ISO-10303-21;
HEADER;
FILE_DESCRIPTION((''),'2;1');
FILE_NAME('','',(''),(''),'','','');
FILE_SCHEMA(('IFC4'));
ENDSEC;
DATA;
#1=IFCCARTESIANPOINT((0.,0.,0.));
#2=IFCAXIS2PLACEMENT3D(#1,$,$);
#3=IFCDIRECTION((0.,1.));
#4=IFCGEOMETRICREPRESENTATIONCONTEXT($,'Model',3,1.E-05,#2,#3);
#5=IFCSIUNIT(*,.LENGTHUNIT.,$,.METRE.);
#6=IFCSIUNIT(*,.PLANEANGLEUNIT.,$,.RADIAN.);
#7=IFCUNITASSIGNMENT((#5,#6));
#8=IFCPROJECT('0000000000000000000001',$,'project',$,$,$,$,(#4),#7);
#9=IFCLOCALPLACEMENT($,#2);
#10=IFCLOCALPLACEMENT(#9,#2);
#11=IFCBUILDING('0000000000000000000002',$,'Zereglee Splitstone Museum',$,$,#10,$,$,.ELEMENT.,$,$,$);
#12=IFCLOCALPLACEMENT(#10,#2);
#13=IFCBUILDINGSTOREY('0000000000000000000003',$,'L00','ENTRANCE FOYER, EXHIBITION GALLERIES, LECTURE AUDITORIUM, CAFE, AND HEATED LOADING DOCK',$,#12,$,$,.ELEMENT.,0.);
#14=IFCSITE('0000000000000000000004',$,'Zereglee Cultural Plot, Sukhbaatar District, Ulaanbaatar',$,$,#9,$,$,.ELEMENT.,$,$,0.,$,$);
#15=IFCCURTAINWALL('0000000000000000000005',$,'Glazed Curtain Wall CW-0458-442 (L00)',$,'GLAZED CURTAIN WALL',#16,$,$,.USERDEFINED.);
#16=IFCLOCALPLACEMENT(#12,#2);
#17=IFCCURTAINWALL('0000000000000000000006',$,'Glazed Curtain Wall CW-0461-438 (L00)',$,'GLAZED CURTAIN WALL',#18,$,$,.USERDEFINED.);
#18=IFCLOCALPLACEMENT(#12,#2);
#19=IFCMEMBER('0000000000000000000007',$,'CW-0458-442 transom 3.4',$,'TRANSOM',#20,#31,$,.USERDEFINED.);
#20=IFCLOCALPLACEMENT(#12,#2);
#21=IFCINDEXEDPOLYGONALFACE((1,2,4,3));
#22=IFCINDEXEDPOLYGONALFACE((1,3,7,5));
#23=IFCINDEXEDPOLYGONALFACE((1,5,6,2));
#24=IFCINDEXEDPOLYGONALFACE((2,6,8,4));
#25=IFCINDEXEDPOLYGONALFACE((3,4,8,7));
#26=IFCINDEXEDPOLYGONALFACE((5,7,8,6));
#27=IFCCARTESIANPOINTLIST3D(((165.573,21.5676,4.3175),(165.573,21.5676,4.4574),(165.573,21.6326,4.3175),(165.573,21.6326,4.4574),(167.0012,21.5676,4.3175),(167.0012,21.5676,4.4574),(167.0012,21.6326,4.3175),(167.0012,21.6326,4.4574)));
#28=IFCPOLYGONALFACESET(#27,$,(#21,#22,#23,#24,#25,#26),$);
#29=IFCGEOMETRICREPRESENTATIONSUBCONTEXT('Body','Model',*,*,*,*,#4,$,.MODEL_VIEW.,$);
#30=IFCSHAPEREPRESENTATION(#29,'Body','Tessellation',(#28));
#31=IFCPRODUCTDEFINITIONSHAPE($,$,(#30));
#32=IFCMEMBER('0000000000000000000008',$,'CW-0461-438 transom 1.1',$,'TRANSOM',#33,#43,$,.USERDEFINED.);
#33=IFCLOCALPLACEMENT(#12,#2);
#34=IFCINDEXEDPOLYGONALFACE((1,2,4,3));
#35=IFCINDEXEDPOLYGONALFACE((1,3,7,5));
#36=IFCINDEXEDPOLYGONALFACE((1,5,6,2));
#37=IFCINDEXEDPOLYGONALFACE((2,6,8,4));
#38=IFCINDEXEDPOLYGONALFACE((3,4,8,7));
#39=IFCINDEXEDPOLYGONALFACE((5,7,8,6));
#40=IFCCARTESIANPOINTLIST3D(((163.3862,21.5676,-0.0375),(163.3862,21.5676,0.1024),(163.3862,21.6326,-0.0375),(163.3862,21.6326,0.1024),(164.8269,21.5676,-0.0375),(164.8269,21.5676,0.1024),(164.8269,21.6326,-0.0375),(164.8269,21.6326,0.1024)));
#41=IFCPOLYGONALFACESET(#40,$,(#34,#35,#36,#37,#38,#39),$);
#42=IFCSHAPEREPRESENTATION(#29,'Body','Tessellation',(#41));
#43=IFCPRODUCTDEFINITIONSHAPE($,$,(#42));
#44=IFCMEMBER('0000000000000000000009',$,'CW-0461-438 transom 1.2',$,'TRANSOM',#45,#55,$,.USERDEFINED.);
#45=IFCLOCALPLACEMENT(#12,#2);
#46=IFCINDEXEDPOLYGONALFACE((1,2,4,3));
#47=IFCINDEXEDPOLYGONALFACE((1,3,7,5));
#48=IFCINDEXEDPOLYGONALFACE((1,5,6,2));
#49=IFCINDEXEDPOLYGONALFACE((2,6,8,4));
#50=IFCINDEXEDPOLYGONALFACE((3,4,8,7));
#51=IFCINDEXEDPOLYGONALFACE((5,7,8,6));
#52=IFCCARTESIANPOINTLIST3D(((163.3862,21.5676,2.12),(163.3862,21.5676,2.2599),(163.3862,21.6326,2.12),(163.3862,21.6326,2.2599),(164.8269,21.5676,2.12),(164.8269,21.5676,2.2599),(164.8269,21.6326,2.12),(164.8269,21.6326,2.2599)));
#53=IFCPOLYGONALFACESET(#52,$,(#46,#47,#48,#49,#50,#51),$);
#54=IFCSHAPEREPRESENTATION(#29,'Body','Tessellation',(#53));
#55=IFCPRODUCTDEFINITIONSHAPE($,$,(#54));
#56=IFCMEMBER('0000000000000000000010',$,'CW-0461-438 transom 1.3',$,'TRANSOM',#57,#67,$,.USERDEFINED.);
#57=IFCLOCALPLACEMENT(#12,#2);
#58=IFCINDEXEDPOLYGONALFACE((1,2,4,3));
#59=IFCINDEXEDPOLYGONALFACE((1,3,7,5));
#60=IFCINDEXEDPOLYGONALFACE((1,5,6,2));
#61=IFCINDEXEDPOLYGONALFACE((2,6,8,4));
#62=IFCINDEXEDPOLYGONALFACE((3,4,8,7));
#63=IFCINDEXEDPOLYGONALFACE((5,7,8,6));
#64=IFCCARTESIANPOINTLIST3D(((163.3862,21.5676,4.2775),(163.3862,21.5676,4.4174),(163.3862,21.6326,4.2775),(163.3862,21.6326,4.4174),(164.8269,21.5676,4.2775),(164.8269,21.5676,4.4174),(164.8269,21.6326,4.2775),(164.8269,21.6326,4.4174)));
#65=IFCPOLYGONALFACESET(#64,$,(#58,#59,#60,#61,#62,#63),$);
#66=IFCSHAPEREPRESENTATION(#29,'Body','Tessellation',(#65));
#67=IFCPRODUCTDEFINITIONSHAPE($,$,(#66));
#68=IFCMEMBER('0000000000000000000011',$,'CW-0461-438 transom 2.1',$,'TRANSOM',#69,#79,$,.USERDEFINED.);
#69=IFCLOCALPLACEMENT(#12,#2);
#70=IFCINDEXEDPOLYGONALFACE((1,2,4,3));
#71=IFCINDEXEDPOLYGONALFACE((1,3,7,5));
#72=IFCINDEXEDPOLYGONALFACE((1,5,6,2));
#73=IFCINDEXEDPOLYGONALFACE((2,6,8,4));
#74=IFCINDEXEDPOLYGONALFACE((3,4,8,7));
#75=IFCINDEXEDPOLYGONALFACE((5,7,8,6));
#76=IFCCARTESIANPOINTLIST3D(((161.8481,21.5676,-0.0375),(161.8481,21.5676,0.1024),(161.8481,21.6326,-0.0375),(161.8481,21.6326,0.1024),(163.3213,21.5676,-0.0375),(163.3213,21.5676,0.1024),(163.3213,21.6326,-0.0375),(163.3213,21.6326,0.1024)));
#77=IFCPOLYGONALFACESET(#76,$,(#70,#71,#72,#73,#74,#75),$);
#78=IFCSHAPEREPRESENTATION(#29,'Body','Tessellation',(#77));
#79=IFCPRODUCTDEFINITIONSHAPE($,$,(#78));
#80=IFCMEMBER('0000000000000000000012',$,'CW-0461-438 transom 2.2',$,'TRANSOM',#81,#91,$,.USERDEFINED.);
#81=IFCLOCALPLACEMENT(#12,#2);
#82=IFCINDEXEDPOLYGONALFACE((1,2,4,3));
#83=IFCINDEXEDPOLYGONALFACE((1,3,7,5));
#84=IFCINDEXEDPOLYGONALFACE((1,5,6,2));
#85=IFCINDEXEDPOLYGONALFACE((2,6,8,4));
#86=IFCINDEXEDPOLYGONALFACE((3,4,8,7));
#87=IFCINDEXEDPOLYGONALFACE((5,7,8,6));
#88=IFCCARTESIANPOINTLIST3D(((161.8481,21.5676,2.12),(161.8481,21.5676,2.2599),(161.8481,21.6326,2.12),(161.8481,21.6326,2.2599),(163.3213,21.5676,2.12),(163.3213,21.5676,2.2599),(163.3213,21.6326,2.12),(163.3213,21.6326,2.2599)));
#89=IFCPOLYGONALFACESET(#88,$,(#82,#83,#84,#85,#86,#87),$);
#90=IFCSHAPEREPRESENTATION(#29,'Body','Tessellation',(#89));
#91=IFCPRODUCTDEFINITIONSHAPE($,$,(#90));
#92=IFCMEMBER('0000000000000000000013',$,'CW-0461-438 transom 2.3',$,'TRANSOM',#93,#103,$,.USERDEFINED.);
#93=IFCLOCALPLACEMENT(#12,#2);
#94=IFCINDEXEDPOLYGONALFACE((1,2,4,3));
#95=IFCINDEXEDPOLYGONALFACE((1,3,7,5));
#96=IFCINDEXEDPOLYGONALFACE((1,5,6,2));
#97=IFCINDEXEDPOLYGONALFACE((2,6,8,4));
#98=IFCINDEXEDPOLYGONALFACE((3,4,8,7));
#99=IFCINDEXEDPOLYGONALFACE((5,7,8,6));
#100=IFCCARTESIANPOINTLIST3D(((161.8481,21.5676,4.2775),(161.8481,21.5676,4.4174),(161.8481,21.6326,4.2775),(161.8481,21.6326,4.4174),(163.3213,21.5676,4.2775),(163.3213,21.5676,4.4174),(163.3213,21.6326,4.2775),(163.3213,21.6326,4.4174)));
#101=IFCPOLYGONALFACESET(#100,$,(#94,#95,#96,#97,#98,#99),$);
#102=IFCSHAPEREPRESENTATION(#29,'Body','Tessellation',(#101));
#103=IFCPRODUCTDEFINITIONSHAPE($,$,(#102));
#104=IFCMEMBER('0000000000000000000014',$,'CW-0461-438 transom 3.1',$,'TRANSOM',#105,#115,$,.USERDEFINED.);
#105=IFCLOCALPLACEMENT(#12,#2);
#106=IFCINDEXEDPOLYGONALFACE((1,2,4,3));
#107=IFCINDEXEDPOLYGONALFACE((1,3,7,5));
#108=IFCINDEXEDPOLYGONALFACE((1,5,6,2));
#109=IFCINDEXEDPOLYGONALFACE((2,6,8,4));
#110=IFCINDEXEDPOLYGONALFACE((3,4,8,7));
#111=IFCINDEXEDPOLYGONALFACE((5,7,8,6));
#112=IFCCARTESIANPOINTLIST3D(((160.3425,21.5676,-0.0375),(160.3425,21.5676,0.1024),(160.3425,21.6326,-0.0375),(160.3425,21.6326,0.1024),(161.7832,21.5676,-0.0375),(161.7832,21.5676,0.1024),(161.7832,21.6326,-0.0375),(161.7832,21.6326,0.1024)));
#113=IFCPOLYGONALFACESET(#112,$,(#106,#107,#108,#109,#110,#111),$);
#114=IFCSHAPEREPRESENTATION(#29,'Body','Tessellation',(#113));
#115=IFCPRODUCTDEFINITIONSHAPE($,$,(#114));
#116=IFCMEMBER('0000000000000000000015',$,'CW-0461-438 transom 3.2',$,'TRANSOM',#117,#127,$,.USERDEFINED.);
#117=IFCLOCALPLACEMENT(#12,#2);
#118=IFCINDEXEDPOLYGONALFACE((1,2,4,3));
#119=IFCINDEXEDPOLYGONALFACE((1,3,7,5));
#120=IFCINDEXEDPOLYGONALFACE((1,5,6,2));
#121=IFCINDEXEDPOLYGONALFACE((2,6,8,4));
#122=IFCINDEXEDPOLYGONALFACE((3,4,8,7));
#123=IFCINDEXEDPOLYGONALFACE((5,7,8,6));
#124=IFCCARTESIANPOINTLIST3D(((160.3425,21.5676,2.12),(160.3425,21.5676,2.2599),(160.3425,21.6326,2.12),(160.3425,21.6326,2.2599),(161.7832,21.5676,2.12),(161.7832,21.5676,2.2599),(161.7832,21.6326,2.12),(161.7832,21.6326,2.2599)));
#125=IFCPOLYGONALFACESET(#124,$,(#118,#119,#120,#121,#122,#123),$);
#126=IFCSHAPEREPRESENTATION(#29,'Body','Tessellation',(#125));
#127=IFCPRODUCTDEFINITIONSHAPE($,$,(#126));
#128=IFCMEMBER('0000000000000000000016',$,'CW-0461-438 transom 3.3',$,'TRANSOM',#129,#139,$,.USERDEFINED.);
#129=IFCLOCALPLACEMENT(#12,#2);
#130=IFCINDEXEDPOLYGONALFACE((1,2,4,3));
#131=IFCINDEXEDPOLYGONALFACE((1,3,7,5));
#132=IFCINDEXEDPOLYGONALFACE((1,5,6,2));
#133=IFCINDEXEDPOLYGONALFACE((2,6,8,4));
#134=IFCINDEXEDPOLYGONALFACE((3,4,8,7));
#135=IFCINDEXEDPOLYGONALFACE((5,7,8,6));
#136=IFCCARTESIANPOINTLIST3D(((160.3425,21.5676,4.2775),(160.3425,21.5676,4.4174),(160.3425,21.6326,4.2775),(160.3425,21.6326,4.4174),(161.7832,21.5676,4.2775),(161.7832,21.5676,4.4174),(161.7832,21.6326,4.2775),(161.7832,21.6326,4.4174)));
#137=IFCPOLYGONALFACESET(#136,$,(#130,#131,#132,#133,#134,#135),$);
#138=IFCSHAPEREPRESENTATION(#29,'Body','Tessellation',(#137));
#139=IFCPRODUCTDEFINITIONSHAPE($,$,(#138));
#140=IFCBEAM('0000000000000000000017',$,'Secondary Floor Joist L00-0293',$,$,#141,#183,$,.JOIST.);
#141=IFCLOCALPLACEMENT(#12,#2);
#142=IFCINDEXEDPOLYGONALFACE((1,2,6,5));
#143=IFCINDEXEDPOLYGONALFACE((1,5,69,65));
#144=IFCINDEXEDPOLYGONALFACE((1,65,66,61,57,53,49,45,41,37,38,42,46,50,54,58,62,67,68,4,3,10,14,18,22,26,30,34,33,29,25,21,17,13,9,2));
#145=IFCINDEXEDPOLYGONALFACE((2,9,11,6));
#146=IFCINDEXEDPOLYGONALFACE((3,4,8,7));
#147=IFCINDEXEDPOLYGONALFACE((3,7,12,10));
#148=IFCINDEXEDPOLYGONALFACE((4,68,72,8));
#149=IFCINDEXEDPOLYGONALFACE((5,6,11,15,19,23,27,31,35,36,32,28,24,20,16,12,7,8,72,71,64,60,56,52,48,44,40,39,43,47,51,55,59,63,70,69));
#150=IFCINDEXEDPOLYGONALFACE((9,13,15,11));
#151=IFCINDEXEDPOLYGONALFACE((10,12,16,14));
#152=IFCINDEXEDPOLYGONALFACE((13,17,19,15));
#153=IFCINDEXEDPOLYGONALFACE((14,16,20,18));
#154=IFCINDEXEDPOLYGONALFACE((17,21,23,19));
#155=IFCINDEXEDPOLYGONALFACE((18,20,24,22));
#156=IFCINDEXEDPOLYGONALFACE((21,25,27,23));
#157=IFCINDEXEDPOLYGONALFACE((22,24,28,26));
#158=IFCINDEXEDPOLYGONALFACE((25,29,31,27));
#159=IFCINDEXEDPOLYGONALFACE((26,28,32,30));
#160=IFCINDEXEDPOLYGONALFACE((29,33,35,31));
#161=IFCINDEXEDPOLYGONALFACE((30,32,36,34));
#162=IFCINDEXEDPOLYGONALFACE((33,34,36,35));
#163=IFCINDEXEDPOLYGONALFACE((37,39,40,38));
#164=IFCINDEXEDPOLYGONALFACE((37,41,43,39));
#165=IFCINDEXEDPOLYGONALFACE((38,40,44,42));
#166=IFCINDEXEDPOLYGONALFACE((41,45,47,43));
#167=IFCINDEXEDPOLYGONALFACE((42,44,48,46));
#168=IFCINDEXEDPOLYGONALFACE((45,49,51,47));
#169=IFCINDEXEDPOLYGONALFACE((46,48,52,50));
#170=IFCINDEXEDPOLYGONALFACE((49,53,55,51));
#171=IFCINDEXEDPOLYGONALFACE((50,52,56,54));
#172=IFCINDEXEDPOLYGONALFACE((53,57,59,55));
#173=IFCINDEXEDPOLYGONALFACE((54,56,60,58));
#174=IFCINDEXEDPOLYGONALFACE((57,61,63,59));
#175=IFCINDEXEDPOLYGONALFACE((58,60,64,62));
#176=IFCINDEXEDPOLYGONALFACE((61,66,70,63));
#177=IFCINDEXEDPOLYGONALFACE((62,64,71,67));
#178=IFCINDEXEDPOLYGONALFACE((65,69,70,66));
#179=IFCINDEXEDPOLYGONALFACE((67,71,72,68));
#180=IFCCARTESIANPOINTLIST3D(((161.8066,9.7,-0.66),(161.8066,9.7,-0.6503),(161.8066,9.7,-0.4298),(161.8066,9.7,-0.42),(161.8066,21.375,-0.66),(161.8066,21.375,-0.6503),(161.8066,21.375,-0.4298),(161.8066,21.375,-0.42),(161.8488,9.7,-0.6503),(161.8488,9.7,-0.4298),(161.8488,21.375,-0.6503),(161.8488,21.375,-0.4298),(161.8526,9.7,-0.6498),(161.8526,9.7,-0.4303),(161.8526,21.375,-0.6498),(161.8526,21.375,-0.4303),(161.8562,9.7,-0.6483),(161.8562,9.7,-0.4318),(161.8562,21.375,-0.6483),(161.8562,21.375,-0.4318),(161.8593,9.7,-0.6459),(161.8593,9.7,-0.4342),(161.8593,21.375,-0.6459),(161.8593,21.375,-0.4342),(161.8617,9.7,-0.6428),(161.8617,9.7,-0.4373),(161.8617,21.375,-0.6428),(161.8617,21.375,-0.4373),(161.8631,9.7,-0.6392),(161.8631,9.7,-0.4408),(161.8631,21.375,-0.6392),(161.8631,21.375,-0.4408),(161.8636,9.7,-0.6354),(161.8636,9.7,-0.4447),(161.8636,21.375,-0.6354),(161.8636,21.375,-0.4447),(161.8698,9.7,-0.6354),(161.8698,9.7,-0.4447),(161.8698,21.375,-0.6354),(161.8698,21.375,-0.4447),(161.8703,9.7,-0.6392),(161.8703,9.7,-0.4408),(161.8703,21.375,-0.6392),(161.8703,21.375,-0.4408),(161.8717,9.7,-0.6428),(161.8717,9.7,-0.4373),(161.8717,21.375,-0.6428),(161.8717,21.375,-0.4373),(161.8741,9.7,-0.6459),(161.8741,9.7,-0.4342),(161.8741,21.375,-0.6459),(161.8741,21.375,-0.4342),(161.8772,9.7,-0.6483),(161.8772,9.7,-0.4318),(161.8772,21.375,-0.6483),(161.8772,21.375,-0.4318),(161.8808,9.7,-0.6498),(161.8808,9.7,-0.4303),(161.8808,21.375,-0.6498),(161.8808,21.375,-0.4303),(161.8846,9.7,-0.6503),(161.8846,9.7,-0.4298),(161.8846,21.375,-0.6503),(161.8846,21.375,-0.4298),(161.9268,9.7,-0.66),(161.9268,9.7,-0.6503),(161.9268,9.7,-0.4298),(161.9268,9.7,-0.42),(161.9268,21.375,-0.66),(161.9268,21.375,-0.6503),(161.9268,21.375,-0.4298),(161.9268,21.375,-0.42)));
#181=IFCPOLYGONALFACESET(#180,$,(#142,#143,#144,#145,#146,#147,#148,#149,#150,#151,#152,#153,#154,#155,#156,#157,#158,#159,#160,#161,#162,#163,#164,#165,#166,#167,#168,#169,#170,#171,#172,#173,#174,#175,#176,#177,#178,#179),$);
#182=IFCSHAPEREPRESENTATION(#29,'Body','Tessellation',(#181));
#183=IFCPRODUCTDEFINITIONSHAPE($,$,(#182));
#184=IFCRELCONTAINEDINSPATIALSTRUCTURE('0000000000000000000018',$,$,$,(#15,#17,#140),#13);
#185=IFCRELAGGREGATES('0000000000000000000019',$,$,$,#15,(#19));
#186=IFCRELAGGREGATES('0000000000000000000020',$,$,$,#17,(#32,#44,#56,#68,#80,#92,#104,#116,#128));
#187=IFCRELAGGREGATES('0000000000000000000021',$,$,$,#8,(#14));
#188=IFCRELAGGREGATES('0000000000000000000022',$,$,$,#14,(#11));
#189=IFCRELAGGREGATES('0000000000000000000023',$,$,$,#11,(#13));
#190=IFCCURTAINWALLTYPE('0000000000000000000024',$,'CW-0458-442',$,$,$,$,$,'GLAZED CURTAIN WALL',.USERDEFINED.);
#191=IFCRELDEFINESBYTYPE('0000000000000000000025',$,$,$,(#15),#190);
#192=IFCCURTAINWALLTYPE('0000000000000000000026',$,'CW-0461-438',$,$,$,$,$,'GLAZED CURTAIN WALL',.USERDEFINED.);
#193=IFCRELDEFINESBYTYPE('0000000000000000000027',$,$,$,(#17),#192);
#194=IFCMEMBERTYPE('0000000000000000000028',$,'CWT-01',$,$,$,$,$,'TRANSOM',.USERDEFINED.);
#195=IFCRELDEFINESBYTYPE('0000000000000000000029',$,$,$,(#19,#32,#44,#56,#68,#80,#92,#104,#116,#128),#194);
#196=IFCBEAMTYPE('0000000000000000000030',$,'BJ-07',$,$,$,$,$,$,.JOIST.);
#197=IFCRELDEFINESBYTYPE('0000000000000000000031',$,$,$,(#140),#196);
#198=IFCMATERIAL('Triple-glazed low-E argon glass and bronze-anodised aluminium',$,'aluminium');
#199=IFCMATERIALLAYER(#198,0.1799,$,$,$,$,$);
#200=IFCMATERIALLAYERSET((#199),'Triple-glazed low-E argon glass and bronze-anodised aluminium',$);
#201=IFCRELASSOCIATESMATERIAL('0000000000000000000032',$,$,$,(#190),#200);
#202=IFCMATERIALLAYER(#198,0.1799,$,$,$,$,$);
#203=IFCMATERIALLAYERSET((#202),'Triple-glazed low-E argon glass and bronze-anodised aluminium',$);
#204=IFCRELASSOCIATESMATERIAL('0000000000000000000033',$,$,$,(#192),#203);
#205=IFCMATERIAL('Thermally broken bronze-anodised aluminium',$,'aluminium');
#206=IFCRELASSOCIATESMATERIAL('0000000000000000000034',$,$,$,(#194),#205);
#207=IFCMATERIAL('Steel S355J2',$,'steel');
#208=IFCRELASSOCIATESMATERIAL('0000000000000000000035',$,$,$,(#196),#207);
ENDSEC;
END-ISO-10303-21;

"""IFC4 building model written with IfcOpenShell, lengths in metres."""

from ifc_helpers import new_model, si_unit, direction, frame, origin, origin_2d, place, context, subcontext, project, spatial, rectangle, i_section, extrude, material, layer, layer_set, material_profile, profile_set, type_object, element, aggregate, save


model = new_model("IFC4")

# Units and contexts
model_context = context("Model", 3, precision=1e-05, world=origin(), true_north=direction((0.0, 1.0)))
body_context = subcontext(model_context, "Body", "Model", "MODEL_VIEW")
ifc_project = project(units=[si_unit("LENGTHUNIT", "METRE"), si_unit("PLANEANGLEUNIT", "RADIAN")], contexts=[model_context])

# Site, building, storey
site_placement = place(None, origin())
site = spatial("IfcSite", under=ifc_project, at=site_placement, Name="Zereglee Cultural Plot, Sukhbaatar District, Ulaanbaatar", CompositionType="ELEMENT", RefElevation=0.0)
building_placement = place(site_placement, origin())
building = spatial("IfcBuilding", under=site, at=building_placement, Name="Zereglee Splitstone Museum", CompositionType="ELEMENT")
storey_placement = place(building_placement, origin())
storey = spatial("IfcBuildingStorey", under=building, at=storey_placement, Name="L00", Description="ENTRANCE FOYER, EXHIBITION GALLERIES, LECTURE AUDITORIUM, CAFE, AND HEATED LOADING DOCK", CompositionType="ELEMENT", Elevation=0.0)

# Curtain walls
ifc_material_1 = material(Name="Triple-glazed low-E argon glass and bronze-anodised aluminium", Category="aluminium")
ifc_layer_1 = layer(ifc_material_1, 0.1799)
ifc_layer_set_1 = layer_set([ifc_layer_1], Name="Triple-glazed low-E argon glass and bronze-anodised aluminium")
curtain_wall_type_1 = type_object("IfcCurtainWallType", Name="CW-0458-442", ElementType="GLAZED CURTAIN WALL", PredefinedType="USERDEFINED", material=ifc_layer_set_1)
curtain_wall_1_placement = place(storey_placement, origin())
curtain_wall_1 = element("IfcCurtainWall", 1, at=curtain_wall_1_placement, inside=storey, type_object=curtain_wall_type_1, Name="Glazed Curtain Wall CW-0458-442 (L00)", ObjectType="GLAZED CURTAIN WALL", PredefinedType="USERDEFINED")
ifc_material_2 = material(Name="Thermally broken bronze-anodised aluminium", Category="aluminium")
ifc_layer_2 = layer(ifc_material_1, 0.1799)
ifc_layer_set_2 = layer_set([ifc_layer_2], Name="Triple-glazed low-E argon glass and bronze-anodised aluminium")
curtain_wall_type_2 = type_object("IfcCurtainWallType", Name="CW-0461-438", ElementType="GLAZED CURTAIN WALL", PredefinedType="USERDEFINED", material=ifc_layer_set_2)
curtain_wall_2_placement = place(storey_placement, origin())
curtain_wall_2 = element("IfcCurtainWall", 2, at=curtain_wall_2_placement, inside=storey, type_object=curtain_wall_type_2, Name="Glazed Curtain Wall CW-0461-438 (L00)", ObjectType="GLAZED CURTAIN WALL", PredefinedType="USERDEFINED")

# Members
ifc_material_profile_1 = material_profile(ifc_material_2, rectangle(XDim=0.0649, YDim=0.1399, at=origin_2d()), Name="CW TRAN 65x140")
ifc_profile_set_1 = profile_set([ifc_material_profile_1], Name="Thermally broken bronze-anodised aluminium")
member_type_1 = type_object("IfcMemberType", Name="CWT-01", ElementType="TRANSOM", PredefinedType="USERDEFINED", material=ifc_profile_set_1)
member_1_placement = place(storey_placement, frame((167.0012, 21.6001, 4.3875), z_axis=(-1.0, 0.0, 0.0), x_axis=(0.0, -1.0, 0.0)))
member_1 = element("IfcMember", 3, at=member_1_placement, type_object=member_type_1, Name="CW-0458-442 transom 3.4", ObjectType="TRANSOM", PredefinedType="USERDEFINED", context=body_context, shape_type="SweptSolid", body=[
    extrude(rectangle(XDim=0.0649, YDim=0.1399, at=origin_2d()), origin(), (0.0, 0.0, 1.0), 1.4282),
])
member_2_placement = place(storey_placement, frame((164.8269, 21.6001, 0.0325), z_axis=(-1.0, 0.0, 0.0), x_axis=(0.0, -1.0, 0.0)))
member_2 = element("IfcMember", 4, at=member_2_placement, type_object=member_type_1, Name="CW-0461-438 transom 1.1", ObjectType="TRANSOM", PredefinedType="USERDEFINED", context=body_context, shape_type="SweptSolid", body=[
    extrude(rectangle(XDim=0.0649, YDim=0.1399, at=origin_2d()), origin(), (0.0, 0.0, 1.0), 1.4407),
])
member_3_placement = place(storey_placement, frame((164.8269, 21.6001, 2.1899), z_axis=(-1.0, 0.0, 0.0), x_axis=(0.0, -1.0, 0.0)))
member_3 = element("IfcMember", 5, at=member_3_placement, type_object=member_type_1, Name="CW-0461-438 transom 1.2", ObjectType="TRANSOM", PredefinedType="USERDEFINED", context=body_context, shape_type="SweptSolid", body=[
    extrude(rectangle(XDim=0.0649, YDim=0.1399, at=origin_2d()), origin(), (0.0, 0.0, 1.0), 1.4407),
])
member_4_placement = place(storey_placement, frame((164.8269, 21.6001, 4.3474), z_axis=(-1.0, 0.0, 0.0), x_axis=(0.0, -1.0, 0.0)))
member_4 = element("IfcMember", 6, at=member_4_placement, type_object=member_type_1, Name="CW-0461-438 transom 1.3", ObjectType="TRANSOM", PredefinedType="USERDEFINED", context=body_context, shape_type="SweptSolid", body=[
    extrude(rectangle(XDim=0.0649, YDim=0.1399, at=origin_2d()), origin(), (0.0, 0.0, 1.0), 1.4407),
])
member_5_placement = place(storey_placement, frame((163.3213, 21.6001, 0.0325), z_axis=(-1.0, 0.0, 0.0), x_axis=(0.0, -1.0, 0.0)))
member_5 = element("IfcMember", 7, at=member_5_placement, type_object=member_type_1, Name="CW-0461-438 transom 2.1", ObjectType="TRANSOM", PredefinedType="USERDEFINED", context=body_context, shape_type="SweptSolid", body=[
    extrude(rectangle(XDim=0.0649, YDim=0.1399, at=origin_2d()), origin(), (0.0, 0.0, 1.0), 1.4731),
])
member_6_placement = place(storey_placement, frame((163.3213, 21.6001, 2.1899), z_axis=(-1.0, 0.0, 0.0), x_axis=(0.0, -1.0, 0.0)))
member_6 = element("IfcMember", 8, at=member_6_placement, type_object=member_type_1, Name="CW-0461-438 transom 2.2", ObjectType="TRANSOM", PredefinedType="USERDEFINED", context=body_context, shape_type="SweptSolid", body=[
    extrude(rectangle(XDim=0.0649, YDim=0.1399, at=origin_2d()), origin(), (0.0, 0.0, 1.0), 1.4731),
])
member_7_placement = place(storey_placement, frame((163.3213, 21.6001, 4.3474), z_axis=(-1.0, 0.0, 0.0), x_axis=(0.0, -1.0, 0.0)))
member_7 = element("IfcMember", 9, at=member_7_placement, type_object=member_type_1, Name="CW-0461-438 transom 2.3", ObjectType="TRANSOM", PredefinedType="USERDEFINED", context=body_context, shape_type="SweptSolid", body=[
    extrude(rectangle(XDim=0.0649, YDim=0.1399, at=origin_2d()), origin(), (0.0, 0.0, 1.0), 1.4731),
])
member_8_placement = place(storey_placement, frame((161.7832, 21.6001, 0.0325), z_axis=(-1.0, 0.0, 0.0), x_axis=(0.0, -1.0, 0.0)))
member_8 = element("IfcMember", 10, at=member_8_placement, type_object=member_type_1, Name="CW-0461-438 transom 3.1", ObjectType="TRANSOM", PredefinedType="USERDEFINED", context=body_context, shape_type="SweptSolid", body=[
    extrude(rectangle(XDim=0.0649, YDim=0.1399, at=origin_2d()), origin(), (0.0, 0.0, 1.0), 1.4407),
])
member_9_placement = place(storey_placement, frame((161.7832, 21.6001, 2.1899), z_axis=(-1.0, 0.0, 0.0), x_axis=(0.0, -1.0, 0.0)))
member_9 = element("IfcMember", 11, at=member_9_placement, type_object=member_type_1, Name="CW-0461-438 transom 3.2", ObjectType="TRANSOM", PredefinedType="USERDEFINED", context=body_context, shape_type="SweptSolid", body=[
    extrude(rectangle(XDim=0.0649, YDim=0.1399, at=origin_2d()), origin(), (0.0, 0.0, 1.0), 1.4407),
])
member_10_placement = place(storey_placement, frame((161.7832, 21.6001, 4.3474), z_axis=(-1.0, 0.0, 0.0), x_axis=(0.0, -1.0, 0.0)))
member_10 = element("IfcMember", 12, at=member_10_placement, type_object=member_type_1, Name="CW-0461-438 transom 3.3", ObjectType="TRANSOM", PredefinedType="USERDEFINED", context=body_context, shape_type="SweptSolid", body=[
    extrude(rectangle(XDim=0.0649, YDim=0.1399, at=origin_2d()), origin(), (0.0, 0.0, 1.0), 1.4407),
])

# Beam
ifc_material_3 = material(Name="Steel S355J2", Category="steel")
ifc_material_profile_2 = material_profile(ifc_material_3, i_section(OverallWidth=0.1201, OverallDepth=0.24, WebThickness=0.0061, FlangeThickness=0.0098, FilletRadius=0.0149, at=origin_2d()), Name="IPE 240")
ifc_profile_set_2 = profile_set([ifc_material_profile_2], Name="Steel S355J2")
beam_type_1 = type_object("IfcBeamType", Name="BJ-07", PredefinedType="JOIST", material=ifc_profile_set_2)
beam_1_placement = place(storey_placement, frame((161.8667, 9.7, -0.54), z_axis=(0.0, 1.0, 0.0), x_axis=(-1.0, 0.0, 0.0)))
element("IfcBeam", 13, at=beam_1_placement, inside=storey, type_object=beam_type_1, Name="Secondary Floor Joist L00-0293", PredefinedType="JOIST", context=body_context, shape_type="SweptSolid", body=[
    extrude(i_section(OverallWidth=0.1201, OverallDepth=0.24, WebThickness=0.0061, FlangeThickness=0.0098, FilletRadius=0.0149, at=origin_2d()), origin(), (0.0, 0.0, 1.0), 11.675),
])

aggregate(curtain_wall_1, [member_1])
aggregate(curtain_wall_2, [member_2, member_3, member_4, member_5, member_6, member_7, member_8, member_9, member_10])

save(model, "model.ifc")
